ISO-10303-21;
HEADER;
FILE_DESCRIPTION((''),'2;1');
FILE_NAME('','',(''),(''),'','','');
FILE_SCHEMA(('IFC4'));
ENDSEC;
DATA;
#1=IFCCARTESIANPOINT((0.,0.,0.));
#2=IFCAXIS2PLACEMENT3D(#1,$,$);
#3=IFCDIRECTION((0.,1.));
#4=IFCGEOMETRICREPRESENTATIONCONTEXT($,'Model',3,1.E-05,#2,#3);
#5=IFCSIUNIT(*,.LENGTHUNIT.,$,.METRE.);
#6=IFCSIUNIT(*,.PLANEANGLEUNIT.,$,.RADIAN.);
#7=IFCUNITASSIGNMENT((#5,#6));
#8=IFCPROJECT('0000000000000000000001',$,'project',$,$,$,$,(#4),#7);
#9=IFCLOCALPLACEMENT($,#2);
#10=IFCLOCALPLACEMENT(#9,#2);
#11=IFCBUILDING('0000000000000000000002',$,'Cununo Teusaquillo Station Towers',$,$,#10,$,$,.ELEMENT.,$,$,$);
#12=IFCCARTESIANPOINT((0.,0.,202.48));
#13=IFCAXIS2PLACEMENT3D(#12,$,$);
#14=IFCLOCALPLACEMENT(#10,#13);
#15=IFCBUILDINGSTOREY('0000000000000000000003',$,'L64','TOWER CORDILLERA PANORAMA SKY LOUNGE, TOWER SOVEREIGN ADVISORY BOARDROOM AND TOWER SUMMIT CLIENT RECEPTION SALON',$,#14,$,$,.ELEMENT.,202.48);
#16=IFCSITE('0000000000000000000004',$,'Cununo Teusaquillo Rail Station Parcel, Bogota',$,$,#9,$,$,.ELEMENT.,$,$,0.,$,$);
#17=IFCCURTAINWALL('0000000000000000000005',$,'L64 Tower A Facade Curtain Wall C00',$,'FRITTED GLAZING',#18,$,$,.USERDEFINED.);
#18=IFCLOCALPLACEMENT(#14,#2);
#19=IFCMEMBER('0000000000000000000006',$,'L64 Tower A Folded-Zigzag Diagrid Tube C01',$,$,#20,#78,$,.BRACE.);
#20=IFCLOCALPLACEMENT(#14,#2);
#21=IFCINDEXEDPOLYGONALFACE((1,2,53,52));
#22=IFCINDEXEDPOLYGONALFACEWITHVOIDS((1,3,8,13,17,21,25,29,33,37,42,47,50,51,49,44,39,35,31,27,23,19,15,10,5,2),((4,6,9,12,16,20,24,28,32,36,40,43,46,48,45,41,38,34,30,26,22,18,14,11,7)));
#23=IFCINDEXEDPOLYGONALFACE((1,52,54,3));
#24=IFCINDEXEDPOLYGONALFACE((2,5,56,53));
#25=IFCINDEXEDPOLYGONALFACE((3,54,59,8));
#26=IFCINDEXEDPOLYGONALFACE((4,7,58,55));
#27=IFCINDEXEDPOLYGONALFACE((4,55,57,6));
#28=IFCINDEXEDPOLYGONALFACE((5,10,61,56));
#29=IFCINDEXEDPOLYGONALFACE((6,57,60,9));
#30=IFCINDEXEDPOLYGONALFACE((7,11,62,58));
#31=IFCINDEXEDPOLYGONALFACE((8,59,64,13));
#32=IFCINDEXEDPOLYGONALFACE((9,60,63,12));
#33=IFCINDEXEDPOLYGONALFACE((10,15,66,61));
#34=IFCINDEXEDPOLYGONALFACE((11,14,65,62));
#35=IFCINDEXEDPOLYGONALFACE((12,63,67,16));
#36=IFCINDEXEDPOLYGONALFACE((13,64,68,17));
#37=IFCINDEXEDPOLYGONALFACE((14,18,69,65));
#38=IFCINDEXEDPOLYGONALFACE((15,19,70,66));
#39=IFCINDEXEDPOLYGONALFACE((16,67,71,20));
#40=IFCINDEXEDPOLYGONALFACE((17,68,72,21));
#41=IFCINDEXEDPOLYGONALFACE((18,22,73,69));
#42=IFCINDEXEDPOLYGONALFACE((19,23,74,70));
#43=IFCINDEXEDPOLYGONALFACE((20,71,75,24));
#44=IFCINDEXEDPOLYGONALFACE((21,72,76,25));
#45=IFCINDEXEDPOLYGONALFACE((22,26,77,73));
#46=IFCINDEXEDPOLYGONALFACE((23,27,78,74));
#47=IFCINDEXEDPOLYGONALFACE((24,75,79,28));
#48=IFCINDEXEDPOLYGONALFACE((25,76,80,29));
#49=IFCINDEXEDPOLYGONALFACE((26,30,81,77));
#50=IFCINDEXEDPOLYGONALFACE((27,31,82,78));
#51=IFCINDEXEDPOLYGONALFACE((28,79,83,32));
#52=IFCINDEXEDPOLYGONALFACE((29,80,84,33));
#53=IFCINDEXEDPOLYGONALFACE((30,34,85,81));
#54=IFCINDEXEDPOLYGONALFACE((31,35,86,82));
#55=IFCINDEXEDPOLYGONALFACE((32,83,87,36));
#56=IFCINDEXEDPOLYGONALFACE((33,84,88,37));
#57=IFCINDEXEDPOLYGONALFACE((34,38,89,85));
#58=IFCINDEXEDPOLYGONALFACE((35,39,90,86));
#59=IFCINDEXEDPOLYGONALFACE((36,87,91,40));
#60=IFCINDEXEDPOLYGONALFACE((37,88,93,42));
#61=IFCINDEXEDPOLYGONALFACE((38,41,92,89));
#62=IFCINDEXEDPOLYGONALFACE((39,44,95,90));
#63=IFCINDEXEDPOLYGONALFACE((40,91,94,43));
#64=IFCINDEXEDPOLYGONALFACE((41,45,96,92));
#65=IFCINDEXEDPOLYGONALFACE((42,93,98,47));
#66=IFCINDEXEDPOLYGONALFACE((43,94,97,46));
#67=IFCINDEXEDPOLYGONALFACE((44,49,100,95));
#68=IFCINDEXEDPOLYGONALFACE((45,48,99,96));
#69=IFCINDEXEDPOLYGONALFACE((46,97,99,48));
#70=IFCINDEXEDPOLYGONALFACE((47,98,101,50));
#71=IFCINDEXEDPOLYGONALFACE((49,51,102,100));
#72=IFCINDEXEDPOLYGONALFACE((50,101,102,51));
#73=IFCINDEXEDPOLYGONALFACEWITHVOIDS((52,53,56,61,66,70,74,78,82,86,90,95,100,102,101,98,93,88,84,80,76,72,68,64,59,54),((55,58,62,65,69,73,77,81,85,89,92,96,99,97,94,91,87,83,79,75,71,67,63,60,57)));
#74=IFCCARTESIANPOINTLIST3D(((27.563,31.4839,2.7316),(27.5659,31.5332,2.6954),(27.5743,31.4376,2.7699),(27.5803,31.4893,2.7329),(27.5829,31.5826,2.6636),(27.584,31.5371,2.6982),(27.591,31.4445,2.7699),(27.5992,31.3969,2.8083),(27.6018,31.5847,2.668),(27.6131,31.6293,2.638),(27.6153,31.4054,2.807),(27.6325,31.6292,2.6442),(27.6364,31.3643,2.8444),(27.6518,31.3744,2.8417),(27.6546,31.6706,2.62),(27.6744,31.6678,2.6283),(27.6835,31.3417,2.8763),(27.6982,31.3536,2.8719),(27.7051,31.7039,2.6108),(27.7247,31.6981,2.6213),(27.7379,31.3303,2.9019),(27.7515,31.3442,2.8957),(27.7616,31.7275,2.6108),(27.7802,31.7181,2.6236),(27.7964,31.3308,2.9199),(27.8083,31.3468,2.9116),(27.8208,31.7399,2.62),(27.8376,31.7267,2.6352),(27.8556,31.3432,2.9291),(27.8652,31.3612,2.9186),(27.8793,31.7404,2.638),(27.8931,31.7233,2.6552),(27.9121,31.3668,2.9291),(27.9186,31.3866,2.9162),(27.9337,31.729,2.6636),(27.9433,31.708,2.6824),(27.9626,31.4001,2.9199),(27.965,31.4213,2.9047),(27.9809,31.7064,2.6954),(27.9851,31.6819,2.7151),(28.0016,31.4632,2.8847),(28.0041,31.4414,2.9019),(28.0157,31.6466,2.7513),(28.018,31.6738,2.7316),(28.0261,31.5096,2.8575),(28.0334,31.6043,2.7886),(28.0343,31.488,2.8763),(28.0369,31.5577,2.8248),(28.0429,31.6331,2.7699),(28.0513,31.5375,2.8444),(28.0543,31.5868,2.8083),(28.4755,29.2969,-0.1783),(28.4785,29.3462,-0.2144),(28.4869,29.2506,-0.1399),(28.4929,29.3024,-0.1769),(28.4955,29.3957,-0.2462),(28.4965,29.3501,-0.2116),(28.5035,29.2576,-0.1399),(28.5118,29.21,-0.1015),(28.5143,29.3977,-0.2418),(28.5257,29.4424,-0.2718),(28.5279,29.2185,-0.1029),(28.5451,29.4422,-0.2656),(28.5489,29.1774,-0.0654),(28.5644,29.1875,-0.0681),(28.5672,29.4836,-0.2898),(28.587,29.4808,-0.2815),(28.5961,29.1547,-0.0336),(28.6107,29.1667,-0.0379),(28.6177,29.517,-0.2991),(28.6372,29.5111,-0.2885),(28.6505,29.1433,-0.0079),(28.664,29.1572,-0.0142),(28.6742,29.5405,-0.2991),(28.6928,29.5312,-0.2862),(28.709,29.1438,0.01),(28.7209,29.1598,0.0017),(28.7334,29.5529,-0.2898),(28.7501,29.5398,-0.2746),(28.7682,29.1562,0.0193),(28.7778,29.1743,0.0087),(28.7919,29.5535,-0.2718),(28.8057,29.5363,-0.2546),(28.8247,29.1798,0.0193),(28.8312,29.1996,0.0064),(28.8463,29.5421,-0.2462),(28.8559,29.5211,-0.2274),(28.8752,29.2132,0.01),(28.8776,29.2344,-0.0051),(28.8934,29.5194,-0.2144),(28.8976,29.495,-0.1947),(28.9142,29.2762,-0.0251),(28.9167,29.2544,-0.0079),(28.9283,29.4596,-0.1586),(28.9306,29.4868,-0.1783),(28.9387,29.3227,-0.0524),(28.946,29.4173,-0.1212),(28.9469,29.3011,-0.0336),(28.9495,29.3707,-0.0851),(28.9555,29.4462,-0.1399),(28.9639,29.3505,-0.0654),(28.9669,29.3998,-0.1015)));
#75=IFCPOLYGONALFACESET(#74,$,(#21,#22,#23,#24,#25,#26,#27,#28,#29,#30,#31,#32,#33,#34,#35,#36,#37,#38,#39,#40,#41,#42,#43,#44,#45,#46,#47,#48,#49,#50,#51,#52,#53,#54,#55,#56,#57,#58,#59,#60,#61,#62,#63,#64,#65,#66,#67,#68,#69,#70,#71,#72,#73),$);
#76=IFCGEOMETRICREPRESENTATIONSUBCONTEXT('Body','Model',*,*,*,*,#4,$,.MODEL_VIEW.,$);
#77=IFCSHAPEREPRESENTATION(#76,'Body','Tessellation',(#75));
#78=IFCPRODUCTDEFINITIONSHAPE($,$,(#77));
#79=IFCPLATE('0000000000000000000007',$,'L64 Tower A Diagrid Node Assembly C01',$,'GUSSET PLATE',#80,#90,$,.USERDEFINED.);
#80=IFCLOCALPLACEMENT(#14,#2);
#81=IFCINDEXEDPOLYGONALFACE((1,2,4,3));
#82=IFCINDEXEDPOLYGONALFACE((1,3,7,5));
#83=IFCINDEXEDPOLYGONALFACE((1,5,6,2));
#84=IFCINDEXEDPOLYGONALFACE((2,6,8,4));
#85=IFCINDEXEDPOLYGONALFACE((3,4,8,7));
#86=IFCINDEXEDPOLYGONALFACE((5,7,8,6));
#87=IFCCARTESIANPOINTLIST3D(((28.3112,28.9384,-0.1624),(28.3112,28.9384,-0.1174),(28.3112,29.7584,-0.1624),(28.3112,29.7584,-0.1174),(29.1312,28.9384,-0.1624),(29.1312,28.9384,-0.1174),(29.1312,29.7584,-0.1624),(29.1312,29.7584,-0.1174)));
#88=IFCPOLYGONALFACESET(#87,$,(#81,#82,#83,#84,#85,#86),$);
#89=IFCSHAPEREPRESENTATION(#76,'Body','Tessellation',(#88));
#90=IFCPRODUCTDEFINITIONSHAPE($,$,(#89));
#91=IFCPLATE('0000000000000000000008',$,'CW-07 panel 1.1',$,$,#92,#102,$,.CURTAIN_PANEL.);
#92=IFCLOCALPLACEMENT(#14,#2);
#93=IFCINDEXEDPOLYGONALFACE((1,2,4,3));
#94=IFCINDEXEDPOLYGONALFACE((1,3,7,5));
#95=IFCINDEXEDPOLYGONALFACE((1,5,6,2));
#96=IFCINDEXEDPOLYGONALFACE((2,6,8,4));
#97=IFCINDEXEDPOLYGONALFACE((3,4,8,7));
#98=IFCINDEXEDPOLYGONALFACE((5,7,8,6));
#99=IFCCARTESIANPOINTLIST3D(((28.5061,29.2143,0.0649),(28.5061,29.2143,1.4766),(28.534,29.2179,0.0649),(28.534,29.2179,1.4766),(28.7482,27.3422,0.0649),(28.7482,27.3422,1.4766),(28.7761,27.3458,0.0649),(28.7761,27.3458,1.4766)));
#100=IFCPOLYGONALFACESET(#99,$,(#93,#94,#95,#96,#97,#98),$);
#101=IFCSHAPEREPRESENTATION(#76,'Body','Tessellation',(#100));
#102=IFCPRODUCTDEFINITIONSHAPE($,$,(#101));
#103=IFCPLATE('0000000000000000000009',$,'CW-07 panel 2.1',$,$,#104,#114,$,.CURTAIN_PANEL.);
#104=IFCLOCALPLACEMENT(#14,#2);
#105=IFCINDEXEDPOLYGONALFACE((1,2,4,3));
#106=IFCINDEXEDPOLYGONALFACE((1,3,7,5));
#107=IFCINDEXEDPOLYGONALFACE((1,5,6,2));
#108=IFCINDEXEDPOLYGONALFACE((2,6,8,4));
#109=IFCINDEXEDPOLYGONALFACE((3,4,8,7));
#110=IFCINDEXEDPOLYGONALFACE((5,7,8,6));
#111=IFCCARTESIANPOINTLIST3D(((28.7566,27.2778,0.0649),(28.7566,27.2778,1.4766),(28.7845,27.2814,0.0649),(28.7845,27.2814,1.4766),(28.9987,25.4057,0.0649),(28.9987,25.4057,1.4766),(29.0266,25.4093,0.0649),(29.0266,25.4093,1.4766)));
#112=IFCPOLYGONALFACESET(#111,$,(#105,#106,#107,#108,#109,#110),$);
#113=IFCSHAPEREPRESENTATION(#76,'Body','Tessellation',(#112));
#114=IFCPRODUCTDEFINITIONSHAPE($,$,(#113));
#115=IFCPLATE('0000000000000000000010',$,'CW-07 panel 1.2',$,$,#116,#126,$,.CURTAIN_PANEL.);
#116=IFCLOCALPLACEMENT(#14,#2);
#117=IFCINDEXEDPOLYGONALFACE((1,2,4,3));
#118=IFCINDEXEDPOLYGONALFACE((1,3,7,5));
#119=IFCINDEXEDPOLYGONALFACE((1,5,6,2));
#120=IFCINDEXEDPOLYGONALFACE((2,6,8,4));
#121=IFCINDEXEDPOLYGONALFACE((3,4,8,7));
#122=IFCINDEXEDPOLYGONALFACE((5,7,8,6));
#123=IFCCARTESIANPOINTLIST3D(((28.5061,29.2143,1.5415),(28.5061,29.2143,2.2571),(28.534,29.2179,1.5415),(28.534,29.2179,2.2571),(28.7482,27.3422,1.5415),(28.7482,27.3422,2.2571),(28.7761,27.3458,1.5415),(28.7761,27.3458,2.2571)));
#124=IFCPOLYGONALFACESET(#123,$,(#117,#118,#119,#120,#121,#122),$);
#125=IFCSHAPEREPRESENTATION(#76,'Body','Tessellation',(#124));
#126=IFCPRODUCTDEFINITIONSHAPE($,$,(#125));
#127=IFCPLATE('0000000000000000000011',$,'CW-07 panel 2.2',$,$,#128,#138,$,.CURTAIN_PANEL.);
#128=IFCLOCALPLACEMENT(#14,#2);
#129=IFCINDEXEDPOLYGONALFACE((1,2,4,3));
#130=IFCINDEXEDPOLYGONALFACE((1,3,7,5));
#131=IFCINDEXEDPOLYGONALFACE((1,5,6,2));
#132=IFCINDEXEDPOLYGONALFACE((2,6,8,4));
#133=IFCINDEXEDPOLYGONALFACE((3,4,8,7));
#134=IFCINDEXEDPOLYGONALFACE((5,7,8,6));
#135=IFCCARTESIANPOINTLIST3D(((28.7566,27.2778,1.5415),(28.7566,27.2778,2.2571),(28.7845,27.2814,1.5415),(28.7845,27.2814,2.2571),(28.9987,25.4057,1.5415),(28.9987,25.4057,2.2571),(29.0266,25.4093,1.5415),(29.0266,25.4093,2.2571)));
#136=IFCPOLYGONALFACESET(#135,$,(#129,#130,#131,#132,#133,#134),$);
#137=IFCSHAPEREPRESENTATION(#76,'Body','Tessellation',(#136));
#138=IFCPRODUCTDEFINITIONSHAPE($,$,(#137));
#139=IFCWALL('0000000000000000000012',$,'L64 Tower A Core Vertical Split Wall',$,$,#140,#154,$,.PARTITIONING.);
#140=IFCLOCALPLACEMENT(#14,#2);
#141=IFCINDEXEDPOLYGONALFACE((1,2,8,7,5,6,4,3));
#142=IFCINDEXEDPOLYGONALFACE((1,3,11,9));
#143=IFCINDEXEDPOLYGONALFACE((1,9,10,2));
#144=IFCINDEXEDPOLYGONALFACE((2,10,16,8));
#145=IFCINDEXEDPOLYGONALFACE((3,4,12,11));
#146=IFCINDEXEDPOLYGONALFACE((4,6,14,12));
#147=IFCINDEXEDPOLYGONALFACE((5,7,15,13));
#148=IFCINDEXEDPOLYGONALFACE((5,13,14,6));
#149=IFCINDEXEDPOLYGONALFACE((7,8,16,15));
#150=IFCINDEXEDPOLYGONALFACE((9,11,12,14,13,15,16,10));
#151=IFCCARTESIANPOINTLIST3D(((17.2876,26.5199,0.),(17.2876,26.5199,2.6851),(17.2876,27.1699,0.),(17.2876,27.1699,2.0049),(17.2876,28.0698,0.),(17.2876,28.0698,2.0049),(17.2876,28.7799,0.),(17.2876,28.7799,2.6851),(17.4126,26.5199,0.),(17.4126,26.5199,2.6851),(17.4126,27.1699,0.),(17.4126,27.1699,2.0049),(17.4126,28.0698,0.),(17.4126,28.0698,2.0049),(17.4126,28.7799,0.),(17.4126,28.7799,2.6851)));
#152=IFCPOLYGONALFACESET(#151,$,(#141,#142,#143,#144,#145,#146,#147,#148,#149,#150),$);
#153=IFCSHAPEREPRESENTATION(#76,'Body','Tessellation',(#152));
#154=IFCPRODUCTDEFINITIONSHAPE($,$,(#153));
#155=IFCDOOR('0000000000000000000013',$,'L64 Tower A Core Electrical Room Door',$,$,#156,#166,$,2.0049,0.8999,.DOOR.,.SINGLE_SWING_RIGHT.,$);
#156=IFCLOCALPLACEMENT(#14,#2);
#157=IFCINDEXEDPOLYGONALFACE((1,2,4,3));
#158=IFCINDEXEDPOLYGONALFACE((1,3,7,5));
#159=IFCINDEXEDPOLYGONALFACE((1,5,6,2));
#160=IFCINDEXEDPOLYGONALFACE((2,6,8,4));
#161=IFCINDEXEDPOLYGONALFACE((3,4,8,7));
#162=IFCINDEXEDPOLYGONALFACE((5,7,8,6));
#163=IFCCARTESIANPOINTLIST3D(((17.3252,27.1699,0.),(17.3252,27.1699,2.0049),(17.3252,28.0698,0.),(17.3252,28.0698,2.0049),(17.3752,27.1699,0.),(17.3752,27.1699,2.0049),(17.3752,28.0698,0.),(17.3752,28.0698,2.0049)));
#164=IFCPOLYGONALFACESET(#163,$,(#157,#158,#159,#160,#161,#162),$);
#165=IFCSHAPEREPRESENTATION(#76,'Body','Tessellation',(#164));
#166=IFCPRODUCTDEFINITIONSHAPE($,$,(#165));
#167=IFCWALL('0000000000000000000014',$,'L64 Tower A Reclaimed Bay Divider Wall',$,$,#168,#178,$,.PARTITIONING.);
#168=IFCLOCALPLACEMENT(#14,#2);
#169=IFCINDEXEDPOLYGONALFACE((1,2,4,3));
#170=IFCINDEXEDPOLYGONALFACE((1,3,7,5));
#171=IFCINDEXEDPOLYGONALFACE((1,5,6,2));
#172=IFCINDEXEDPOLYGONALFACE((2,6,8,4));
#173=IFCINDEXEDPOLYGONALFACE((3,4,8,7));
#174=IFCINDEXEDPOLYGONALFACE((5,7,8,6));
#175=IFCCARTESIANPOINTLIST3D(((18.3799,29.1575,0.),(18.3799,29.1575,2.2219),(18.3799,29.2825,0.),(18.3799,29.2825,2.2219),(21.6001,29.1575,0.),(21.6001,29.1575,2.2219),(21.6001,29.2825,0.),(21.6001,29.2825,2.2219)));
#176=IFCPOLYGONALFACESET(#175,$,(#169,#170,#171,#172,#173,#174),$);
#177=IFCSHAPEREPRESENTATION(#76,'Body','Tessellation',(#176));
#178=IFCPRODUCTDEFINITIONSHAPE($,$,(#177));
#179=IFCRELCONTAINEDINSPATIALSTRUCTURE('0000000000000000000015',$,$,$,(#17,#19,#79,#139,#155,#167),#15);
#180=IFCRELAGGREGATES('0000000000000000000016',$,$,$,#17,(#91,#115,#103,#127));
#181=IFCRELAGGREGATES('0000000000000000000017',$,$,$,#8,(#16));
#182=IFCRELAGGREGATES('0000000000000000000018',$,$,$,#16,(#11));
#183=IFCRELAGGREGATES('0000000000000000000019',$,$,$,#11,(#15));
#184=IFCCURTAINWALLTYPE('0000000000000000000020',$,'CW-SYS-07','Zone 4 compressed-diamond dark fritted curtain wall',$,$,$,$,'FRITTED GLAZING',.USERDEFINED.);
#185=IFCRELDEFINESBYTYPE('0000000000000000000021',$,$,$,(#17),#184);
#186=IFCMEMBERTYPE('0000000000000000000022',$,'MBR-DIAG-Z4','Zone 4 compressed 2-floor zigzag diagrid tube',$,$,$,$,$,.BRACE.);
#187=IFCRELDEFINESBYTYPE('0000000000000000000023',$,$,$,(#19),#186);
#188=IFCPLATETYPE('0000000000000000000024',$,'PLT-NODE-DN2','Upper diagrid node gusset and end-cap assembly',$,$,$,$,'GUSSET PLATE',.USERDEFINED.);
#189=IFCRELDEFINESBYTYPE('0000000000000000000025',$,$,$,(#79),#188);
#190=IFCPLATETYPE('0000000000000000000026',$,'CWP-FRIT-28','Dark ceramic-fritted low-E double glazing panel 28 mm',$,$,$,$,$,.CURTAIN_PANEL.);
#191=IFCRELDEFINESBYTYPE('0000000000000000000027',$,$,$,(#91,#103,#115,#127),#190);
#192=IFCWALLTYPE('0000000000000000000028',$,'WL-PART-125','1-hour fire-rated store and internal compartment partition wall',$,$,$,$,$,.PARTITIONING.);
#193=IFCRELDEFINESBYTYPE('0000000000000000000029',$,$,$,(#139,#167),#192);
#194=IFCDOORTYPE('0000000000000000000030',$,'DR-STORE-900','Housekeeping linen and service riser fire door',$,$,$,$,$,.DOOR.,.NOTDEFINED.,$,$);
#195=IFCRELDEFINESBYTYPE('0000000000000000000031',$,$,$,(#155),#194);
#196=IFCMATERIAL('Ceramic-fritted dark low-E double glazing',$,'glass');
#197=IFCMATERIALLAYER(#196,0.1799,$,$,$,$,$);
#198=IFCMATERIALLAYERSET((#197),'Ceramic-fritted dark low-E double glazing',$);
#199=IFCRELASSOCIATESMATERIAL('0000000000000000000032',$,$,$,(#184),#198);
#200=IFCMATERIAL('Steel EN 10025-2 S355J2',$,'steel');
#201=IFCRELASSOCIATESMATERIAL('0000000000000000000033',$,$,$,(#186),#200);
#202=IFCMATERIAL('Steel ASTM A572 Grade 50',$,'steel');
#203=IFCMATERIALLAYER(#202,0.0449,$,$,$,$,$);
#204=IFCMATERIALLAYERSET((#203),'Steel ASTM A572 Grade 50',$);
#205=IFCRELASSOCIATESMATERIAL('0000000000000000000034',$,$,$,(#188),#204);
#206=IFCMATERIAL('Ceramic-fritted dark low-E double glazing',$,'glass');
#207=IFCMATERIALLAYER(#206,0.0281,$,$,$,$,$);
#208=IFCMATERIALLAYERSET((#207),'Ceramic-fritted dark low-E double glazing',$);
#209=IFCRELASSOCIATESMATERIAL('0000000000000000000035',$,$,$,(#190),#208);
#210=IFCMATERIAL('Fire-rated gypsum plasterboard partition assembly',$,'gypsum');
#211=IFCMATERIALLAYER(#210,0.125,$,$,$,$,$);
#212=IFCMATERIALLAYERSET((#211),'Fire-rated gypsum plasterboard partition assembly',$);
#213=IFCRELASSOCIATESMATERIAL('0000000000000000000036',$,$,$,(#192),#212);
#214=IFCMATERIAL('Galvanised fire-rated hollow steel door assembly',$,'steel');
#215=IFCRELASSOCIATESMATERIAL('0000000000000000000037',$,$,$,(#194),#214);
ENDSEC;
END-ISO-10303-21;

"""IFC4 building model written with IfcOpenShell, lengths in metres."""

from ifc_helpers import new_model, si_unit, direction, frame, frame_2d, origin, origin_2d, place, context, subcontext, project, spatial, rectangle, hollow_circle, extrude, source, transform, mapped, material, layer, layer_set, material_profile, profile_set, type_object, element, fill, aggregate, save


model = new_model("IFC4")

# Units and contexts
model_context = context("Model", 3, precision=1e-05, world=origin(), true_north=direction((0.0, 1.0)))
body_context = subcontext(model_context, "Body", "Model", "MODEL_VIEW")
ifc_project = project(units=[si_unit("LENGTHUNIT", "METRE"), si_unit("PLANEANGLEUNIT", "RADIAN")], contexts=[model_context])

# Site, building, storey
site_placement = place(None, origin())
site = spatial("IfcSite", under=ifc_project, at=site_placement, Name="Cununo Teusaquillo Rail Station Parcel, Bogota", CompositionType="ELEMENT", RefElevation=0.0)
building_placement = place(site_placement, origin())
building = spatial("IfcBuilding", under=site, at=building_placement, Name="Cununo Teusaquillo Station Towers", CompositionType="ELEMENT")
storey_placement = place(building_placement, frame((0.0, 0.0, 202.48)))
storey = spatial("IfcBuildingStorey", under=building, at=storey_placement, Name="L64", Description="TOWER CORDILLERA PANORAMA SKY LOUNGE, TOWER SOVEREIGN ADVISORY BOARDROOM AND TOWER SUMMIT CLIENT RECEPTION SALON", CompositionType="ELEMENT", Elevation=202.48)

# Curtain wall
ifc_material_1 = material(Name="Ceramic-fritted dark low-E double glazing", Category="glass")
ifc_layer_1 = layer(ifc_material_1, 0.1799)
ifc_layer_set_1 = layer_set([ifc_layer_1], Name="Ceramic-fritted dark low-E double glazing")
curtain_wall_type = type_object("IfcCurtainWallType", Name="CW-SYS-07", Description="Zone 4 compressed-diamond dark fritted curtain wall", ElementType="FRITTED GLAZING", PredefinedType="USERDEFINED", material=ifc_layer_set_1)
curtain_wall_placement = place(storey_placement, origin())
curtain_wall = element("IfcCurtainWall", 1, at=curtain_wall_placement, inside=storey, type_object=curtain_wall_type, Name="L64 Tower A Facade Curtain Wall C00", ObjectType="FRITTED GLAZING", PredefinedType="USERDEFINED")

# Member
ifc_material_2 = material(Name="Steel EN 10025-2 S355J2", Category="steel")
ifc_material_profile_1 = material_profile(ifc_material_2, hollow_circle(Radius=0.2539, WallThickness=0.0181, at=origin_2d()), Name="CHS 508x18")
ifc_profile_set_1 = profile_set([ifc_material_profile_1], Name="Steel EN 10025-2 S355J2")
member_type_1 = type_object("IfcMemberType", Name="MBR-DIAG-Z4", Description="Zone 4 compressed 2-floor zigzag diagrid tube", PredefinedType="BRACE", material=ifc_profile_set_1)
member_1_placement = place(storey_placement, frame((28.7212, 29.3484, -0.1399), z_axis=(-0.243178, 0.582769, 0.775399), x_axis=(-0.922876, -0.385098, 0.0)))
element("IfcMember", 2, at=member_1_placement, inside=storey, type_object=member_type_1, Name="L64 Tower A Folded-Zigzag Diagrid Tube C01", PredefinedType="BRACE", context=body_context, shape_type="SweptSolid", body=[
    extrude(hollow_circle(Radius=0.2539, WallThickness=0.0181, at=origin_2d()), origin(), (0.0, 0.0, 1.0), 3.7527),
])

# Plates
ifc_material_3 = material(Name="Steel ASTM A572 Grade 50", Category="steel")
ifc_layer_2 = layer(ifc_material_3, 0.0449)
ifc_layer_set_2 = layer_set([ifc_layer_2], Name="Steel ASTM A572 Grade 50")
plate_type_1 = type_object("IfcPlateType", Name="PLT-NODE-DN2", Description="Upper diagrid node gusset and end-cap assembly", ElementType="GUSSET PLATE", PredefinedType="USERDEFINED", material=ifc_layer_set_2)
shared_shape_1 = source(origin(), body_context, "Body", "SweptSolid", [
    extrude(rectangle(XDim=0.8201, YDim=0.8201, at=origin_2d()), origin(), (0.0, 0.0, 1.0), 0.0449),
])
plate_1_placement = place(storey_placement, frame((28.7212, 29.3484, -0.1624), z_axis=(0.0, 0.0, 1.0), x_axis=(1.0, 0.0, 0.0)))
element("IfcPlate", 3, at=plate_1_placement, inside=storey, type_object=plate_type_1, Name="L64 Tower A Diagrid Node Assembly C01", ObjectType="GUSSET PLATE", PredefinedType="USERDEFINED", context=body_context, shape_type="MappedRepresentation", body=[
    mapped(shared_shape_1, transform((0.0, 0.0, 0.0), x_axis=(1.0, 0.0, 0.0), y_axis=(0.0, 1.0, 0.0), z_axis=(0.0, 0.0, 1.0), scale=1.0)),
])
ifc_material_4 = material(Name="Ceramic-fritted dark low-E double glazing", Category="glass")
ifc_layer_3 = layer(ifc_material_4, 0.0281)
ifc_layer_set_3 = layer_set([ifc_layer_3], Name="Ceramic-fritted dark low-E double glazing")
plate_type_2 = type_object("IfcPlateType", Name="CWP-FRIT-28", Description="Dark ceramic-fritted low-E double glazing panel 28 mm", PredefinedType="CURTAIN_PANEL", material=ifc_layer_set_3)
shared_shape_2 = source(origin(), body_context, "Body", "SweptSolid", [
    extrude(rectangle(XDim=1.8877, YDim=0.0281, at=origin_2d()), origin(), (0.0, 0.0, 1.0), 1.4116),
])
plate_2_placement = place(storey_placement, frame((28.6411, 28.28, 0.0649), z_axis=(0.0, 0.0, 1.0), x_axis=(0.128253, -0.991742, 0.0)))
plate_2 = element("IfcPlate", 4, at=plate_2_placement, type_object=plate_type_2, Name="CW-07 panel 1.1", PredefinedType="CURTAIN_PANEL", context=body_context, shape_type="MappedRepresentation", body=[
    mapped(shared_shape_2, transform((0.0, 0.0, 0.0), x_axis=(1.0, 0.0, 0.0), y_axis=(0.0, 1.0, 0.0), z_axis=(0.0, 0.0, 1.0), scale=1.0)),
])
plate_3_placement = place(storey_placement, frame((28.8916, 26.3435, 0.0649), z_axis=(0.0, 0.0, 1.0), x_axis=(0.128253, -0.991742, 0.0)))
plate_3 = element("IfcPlate", 5, at=plate_3_placement, type_object=plate_type_2, Name="CW-07 panel 2.1", PredefinedType="CURTAIN_PANEL", context=body_context, shape_type="MappedRepresentation", body=[
    mapped(shared_shape_2, transform((0.0, 0.0, 0.0), x_axis=(1.0, 0.0, 0.0), y_axis=(0.0, 1.0, 0.0), z_axis=(0.0, 0.0, 1.0), scale=1.0)),
])
shared_shape_3 = source(origin(), body_context, "Body", "SweptSolid", [
    extrude(rectangle(XDim=1.8877, YDim=0.0281, at=origin_2d()), origin(), (0.0, 0.0, 1.0), 0.7156),
])
plate_4_placement = place(storey_placement, frame((28.6411, 28.28, 1.5415), z_axis=(0.0, 0.0, 1.0), x_axis=(0.128253, -0.991742, 0.0)))
plate_4 = element("IfcPlate", 6, at=plate_4_placement, type_object=plate_type_2, Name="CW-07 panel 1.2", PredefinedType="CURTAIN_PANEL", context=body_context, shape_type="MappedRepresentation", body=[
    mapped(shared_shape_3, transform((0.0, 0.0, 0.0), x_axis=(1.0, 0.0, 0.0), y_axis=(0.0, 1.0, 0.0), z_axis=(0.0, 0.0, 1.0), scale=1.0)),
])
plate_5_placement = place(storey_placement, frame((28.8916, 26.3435, 1.5415), z_axis=(0.0, 0.0, 1.0), x_axis=(0.128253, -0.991742, 0.0)))
plate_5 = element("IfcPlate", 7, at=plate_5_placement, type_object=plate_type_2, Name="CW-07 panel 2.2", PredefinedType="CURTAIN_PANEL", context=body_context, shape_type="MappedRepresentation", body=[
    mapped(shared_shape_3, transform((0.0, 0.0, 0.0), x_axis=(1.0, 0.0, 0.0), y_axis=(0.0, 1.0, 0.0), z_axis=(0.0, 0.0, 1.0), scale=1.0)),
])
aggregate(curtain_wall, [plate_2, plate_4, plate_3, plate_5])

# Wall, opening, door
ifc_material_5 = material(Name="Fire-rated gypsum plasterboard partition assembly", Category="gypsum")
ifc_layer_4 = layer(ifc_material_5, 0.125)
ifc_layer_set_4 = layer_set([ifc_layer_4], Name="Fire-rated gypsum plasterboard partition assembly")
wall_type_1 = type_object("IfcWallType", Name="WL-PART-125", Description="1-hour fire-rated store and internal compartment partition wall", PredefinedType="PARTITIONING", material=ifc_layer_set_4)
wall_1_placement = place(storey_placement, frame((17.3501, 26.52, 0.0), z_axis=(0.0, 0.0, 1.0), x_axis=(0.0, 1.0, 0.0)))
wall_1 = element("IfcWall", 8, at=wall_1_placement, inside=storey, type_object=wall_type_1, Name="L64 Tower A Core Vertical Split Wall", PredefinedType="PARTITIONING", context=body_context, shape_type="SweptSolid", body=[
    extrude(rectangle(XDim=2.26, YDim=0.125, at=frame_2d((1.1299, 0.0))), origin(), (0.0, 0.0, 1.0), 2.6851),
])
shared_shape_4 = source(origin(), body_context, "Body", "SweptSolid", [
    extrude(rectangle(XDim=0.8999, YDim=2.0049, at=frame_2d((0.45, 1.0024))), frame((0.0, 0.0725, 0.0), z_axis=(0.0, -1.0, 0.0), x_axis=(1.0, 0.0, 0.0)), (0.0, 0.0, 1.0), 0.145),
])
opening_1_placement = place(wall_1_placement, frame((0.6499, 0.0, 0.0)))
opening_1 = element("IfcOpeningElement", 9, at=opening_1_placement, cuts=wall_1, PredefinedType="OPENING", context=body_context, shape_type="MappedRepresentation", body=[
    mapped(shared_shape_4, transform((0.0, 0.0, 0.0), x_axis=(1.0, 0.0, 0.0), y_axis=(0.0, 1.0, 0.0), z_axis=(0.0, 0.0, 1.0), scale=1.0)),
])
ifc_material_6 = material(Name="Galvanised fire-rated hollow steel door assembly", Category="steel")
door_type_1 = type_object("IfcDoorType", Name="DR-STORE-900", Description="Housekeeping linen and service riser fire door", OperationType="NOTDEFINED", PredefinedType="DOOR", material=ifc_material_6)
shared_shape_5 = source(origin(), body_context, "Body", "SweptSolid", [
    extrude(rectangle(XDim=0.8999, YDim=2.0049, at=frame_2d((0.45, 1.0024))), frame((0.0, 0.0249, 0.0), z_axis=(0.0, -1.0, 0.0), x_axis=(1.0, 0.0, 0.0)), (0.0, 0.0, 1.0), 0.05),
])
door_1_placement = place(opening_1_placement, origin())
door_1 = element("IfcDoor", 10, at=door_1_placement, inside=storey, type_object=door_type_1, Name="L64 Tower A Core Electrical Room Door", OperationType="SINGLE_SWING_RIGHT", OverallHeight=2.0049, OverallWidth=0.8999, PredefinedType="DOOR", context=body_context, shape_type="MappedRepresentation", body=[
    mapped(shared_shape_5, transform((0.0, 0.0, 0.0), x_axis=(1.0, 0.0, 0.0), y_axis=(0.0, 1.0, 0.0), z_axis=(0.0, 0.0, 1.0), scale=1.0)),
])
fill(opening_1, door_1)

# Wall
wall_2_placement = place(storey_placement, frame((18.3799, 29.22, 0.0), z_axis=(0.0, 0.0, 1.0), x_axis=(1.0, 0.0, 0.0)))
element("IfcWall", 11, at=wall_2_placement, inside=storey, type_object=wall_type_1, Name="L64 Tower A Reclaimed Bay Divider Wall", PredefinedType="PARTITIONING", context=body_context, shape_type="SweptSolid", body=[
    extrude(rectangle(XDim=3.2202, YDim=0.125, at=frame_2d((1.6101, 0.0))), origin(), (0.0, 0.0, 1.0), 2.2219),
])

save(model, "model.ifc")
